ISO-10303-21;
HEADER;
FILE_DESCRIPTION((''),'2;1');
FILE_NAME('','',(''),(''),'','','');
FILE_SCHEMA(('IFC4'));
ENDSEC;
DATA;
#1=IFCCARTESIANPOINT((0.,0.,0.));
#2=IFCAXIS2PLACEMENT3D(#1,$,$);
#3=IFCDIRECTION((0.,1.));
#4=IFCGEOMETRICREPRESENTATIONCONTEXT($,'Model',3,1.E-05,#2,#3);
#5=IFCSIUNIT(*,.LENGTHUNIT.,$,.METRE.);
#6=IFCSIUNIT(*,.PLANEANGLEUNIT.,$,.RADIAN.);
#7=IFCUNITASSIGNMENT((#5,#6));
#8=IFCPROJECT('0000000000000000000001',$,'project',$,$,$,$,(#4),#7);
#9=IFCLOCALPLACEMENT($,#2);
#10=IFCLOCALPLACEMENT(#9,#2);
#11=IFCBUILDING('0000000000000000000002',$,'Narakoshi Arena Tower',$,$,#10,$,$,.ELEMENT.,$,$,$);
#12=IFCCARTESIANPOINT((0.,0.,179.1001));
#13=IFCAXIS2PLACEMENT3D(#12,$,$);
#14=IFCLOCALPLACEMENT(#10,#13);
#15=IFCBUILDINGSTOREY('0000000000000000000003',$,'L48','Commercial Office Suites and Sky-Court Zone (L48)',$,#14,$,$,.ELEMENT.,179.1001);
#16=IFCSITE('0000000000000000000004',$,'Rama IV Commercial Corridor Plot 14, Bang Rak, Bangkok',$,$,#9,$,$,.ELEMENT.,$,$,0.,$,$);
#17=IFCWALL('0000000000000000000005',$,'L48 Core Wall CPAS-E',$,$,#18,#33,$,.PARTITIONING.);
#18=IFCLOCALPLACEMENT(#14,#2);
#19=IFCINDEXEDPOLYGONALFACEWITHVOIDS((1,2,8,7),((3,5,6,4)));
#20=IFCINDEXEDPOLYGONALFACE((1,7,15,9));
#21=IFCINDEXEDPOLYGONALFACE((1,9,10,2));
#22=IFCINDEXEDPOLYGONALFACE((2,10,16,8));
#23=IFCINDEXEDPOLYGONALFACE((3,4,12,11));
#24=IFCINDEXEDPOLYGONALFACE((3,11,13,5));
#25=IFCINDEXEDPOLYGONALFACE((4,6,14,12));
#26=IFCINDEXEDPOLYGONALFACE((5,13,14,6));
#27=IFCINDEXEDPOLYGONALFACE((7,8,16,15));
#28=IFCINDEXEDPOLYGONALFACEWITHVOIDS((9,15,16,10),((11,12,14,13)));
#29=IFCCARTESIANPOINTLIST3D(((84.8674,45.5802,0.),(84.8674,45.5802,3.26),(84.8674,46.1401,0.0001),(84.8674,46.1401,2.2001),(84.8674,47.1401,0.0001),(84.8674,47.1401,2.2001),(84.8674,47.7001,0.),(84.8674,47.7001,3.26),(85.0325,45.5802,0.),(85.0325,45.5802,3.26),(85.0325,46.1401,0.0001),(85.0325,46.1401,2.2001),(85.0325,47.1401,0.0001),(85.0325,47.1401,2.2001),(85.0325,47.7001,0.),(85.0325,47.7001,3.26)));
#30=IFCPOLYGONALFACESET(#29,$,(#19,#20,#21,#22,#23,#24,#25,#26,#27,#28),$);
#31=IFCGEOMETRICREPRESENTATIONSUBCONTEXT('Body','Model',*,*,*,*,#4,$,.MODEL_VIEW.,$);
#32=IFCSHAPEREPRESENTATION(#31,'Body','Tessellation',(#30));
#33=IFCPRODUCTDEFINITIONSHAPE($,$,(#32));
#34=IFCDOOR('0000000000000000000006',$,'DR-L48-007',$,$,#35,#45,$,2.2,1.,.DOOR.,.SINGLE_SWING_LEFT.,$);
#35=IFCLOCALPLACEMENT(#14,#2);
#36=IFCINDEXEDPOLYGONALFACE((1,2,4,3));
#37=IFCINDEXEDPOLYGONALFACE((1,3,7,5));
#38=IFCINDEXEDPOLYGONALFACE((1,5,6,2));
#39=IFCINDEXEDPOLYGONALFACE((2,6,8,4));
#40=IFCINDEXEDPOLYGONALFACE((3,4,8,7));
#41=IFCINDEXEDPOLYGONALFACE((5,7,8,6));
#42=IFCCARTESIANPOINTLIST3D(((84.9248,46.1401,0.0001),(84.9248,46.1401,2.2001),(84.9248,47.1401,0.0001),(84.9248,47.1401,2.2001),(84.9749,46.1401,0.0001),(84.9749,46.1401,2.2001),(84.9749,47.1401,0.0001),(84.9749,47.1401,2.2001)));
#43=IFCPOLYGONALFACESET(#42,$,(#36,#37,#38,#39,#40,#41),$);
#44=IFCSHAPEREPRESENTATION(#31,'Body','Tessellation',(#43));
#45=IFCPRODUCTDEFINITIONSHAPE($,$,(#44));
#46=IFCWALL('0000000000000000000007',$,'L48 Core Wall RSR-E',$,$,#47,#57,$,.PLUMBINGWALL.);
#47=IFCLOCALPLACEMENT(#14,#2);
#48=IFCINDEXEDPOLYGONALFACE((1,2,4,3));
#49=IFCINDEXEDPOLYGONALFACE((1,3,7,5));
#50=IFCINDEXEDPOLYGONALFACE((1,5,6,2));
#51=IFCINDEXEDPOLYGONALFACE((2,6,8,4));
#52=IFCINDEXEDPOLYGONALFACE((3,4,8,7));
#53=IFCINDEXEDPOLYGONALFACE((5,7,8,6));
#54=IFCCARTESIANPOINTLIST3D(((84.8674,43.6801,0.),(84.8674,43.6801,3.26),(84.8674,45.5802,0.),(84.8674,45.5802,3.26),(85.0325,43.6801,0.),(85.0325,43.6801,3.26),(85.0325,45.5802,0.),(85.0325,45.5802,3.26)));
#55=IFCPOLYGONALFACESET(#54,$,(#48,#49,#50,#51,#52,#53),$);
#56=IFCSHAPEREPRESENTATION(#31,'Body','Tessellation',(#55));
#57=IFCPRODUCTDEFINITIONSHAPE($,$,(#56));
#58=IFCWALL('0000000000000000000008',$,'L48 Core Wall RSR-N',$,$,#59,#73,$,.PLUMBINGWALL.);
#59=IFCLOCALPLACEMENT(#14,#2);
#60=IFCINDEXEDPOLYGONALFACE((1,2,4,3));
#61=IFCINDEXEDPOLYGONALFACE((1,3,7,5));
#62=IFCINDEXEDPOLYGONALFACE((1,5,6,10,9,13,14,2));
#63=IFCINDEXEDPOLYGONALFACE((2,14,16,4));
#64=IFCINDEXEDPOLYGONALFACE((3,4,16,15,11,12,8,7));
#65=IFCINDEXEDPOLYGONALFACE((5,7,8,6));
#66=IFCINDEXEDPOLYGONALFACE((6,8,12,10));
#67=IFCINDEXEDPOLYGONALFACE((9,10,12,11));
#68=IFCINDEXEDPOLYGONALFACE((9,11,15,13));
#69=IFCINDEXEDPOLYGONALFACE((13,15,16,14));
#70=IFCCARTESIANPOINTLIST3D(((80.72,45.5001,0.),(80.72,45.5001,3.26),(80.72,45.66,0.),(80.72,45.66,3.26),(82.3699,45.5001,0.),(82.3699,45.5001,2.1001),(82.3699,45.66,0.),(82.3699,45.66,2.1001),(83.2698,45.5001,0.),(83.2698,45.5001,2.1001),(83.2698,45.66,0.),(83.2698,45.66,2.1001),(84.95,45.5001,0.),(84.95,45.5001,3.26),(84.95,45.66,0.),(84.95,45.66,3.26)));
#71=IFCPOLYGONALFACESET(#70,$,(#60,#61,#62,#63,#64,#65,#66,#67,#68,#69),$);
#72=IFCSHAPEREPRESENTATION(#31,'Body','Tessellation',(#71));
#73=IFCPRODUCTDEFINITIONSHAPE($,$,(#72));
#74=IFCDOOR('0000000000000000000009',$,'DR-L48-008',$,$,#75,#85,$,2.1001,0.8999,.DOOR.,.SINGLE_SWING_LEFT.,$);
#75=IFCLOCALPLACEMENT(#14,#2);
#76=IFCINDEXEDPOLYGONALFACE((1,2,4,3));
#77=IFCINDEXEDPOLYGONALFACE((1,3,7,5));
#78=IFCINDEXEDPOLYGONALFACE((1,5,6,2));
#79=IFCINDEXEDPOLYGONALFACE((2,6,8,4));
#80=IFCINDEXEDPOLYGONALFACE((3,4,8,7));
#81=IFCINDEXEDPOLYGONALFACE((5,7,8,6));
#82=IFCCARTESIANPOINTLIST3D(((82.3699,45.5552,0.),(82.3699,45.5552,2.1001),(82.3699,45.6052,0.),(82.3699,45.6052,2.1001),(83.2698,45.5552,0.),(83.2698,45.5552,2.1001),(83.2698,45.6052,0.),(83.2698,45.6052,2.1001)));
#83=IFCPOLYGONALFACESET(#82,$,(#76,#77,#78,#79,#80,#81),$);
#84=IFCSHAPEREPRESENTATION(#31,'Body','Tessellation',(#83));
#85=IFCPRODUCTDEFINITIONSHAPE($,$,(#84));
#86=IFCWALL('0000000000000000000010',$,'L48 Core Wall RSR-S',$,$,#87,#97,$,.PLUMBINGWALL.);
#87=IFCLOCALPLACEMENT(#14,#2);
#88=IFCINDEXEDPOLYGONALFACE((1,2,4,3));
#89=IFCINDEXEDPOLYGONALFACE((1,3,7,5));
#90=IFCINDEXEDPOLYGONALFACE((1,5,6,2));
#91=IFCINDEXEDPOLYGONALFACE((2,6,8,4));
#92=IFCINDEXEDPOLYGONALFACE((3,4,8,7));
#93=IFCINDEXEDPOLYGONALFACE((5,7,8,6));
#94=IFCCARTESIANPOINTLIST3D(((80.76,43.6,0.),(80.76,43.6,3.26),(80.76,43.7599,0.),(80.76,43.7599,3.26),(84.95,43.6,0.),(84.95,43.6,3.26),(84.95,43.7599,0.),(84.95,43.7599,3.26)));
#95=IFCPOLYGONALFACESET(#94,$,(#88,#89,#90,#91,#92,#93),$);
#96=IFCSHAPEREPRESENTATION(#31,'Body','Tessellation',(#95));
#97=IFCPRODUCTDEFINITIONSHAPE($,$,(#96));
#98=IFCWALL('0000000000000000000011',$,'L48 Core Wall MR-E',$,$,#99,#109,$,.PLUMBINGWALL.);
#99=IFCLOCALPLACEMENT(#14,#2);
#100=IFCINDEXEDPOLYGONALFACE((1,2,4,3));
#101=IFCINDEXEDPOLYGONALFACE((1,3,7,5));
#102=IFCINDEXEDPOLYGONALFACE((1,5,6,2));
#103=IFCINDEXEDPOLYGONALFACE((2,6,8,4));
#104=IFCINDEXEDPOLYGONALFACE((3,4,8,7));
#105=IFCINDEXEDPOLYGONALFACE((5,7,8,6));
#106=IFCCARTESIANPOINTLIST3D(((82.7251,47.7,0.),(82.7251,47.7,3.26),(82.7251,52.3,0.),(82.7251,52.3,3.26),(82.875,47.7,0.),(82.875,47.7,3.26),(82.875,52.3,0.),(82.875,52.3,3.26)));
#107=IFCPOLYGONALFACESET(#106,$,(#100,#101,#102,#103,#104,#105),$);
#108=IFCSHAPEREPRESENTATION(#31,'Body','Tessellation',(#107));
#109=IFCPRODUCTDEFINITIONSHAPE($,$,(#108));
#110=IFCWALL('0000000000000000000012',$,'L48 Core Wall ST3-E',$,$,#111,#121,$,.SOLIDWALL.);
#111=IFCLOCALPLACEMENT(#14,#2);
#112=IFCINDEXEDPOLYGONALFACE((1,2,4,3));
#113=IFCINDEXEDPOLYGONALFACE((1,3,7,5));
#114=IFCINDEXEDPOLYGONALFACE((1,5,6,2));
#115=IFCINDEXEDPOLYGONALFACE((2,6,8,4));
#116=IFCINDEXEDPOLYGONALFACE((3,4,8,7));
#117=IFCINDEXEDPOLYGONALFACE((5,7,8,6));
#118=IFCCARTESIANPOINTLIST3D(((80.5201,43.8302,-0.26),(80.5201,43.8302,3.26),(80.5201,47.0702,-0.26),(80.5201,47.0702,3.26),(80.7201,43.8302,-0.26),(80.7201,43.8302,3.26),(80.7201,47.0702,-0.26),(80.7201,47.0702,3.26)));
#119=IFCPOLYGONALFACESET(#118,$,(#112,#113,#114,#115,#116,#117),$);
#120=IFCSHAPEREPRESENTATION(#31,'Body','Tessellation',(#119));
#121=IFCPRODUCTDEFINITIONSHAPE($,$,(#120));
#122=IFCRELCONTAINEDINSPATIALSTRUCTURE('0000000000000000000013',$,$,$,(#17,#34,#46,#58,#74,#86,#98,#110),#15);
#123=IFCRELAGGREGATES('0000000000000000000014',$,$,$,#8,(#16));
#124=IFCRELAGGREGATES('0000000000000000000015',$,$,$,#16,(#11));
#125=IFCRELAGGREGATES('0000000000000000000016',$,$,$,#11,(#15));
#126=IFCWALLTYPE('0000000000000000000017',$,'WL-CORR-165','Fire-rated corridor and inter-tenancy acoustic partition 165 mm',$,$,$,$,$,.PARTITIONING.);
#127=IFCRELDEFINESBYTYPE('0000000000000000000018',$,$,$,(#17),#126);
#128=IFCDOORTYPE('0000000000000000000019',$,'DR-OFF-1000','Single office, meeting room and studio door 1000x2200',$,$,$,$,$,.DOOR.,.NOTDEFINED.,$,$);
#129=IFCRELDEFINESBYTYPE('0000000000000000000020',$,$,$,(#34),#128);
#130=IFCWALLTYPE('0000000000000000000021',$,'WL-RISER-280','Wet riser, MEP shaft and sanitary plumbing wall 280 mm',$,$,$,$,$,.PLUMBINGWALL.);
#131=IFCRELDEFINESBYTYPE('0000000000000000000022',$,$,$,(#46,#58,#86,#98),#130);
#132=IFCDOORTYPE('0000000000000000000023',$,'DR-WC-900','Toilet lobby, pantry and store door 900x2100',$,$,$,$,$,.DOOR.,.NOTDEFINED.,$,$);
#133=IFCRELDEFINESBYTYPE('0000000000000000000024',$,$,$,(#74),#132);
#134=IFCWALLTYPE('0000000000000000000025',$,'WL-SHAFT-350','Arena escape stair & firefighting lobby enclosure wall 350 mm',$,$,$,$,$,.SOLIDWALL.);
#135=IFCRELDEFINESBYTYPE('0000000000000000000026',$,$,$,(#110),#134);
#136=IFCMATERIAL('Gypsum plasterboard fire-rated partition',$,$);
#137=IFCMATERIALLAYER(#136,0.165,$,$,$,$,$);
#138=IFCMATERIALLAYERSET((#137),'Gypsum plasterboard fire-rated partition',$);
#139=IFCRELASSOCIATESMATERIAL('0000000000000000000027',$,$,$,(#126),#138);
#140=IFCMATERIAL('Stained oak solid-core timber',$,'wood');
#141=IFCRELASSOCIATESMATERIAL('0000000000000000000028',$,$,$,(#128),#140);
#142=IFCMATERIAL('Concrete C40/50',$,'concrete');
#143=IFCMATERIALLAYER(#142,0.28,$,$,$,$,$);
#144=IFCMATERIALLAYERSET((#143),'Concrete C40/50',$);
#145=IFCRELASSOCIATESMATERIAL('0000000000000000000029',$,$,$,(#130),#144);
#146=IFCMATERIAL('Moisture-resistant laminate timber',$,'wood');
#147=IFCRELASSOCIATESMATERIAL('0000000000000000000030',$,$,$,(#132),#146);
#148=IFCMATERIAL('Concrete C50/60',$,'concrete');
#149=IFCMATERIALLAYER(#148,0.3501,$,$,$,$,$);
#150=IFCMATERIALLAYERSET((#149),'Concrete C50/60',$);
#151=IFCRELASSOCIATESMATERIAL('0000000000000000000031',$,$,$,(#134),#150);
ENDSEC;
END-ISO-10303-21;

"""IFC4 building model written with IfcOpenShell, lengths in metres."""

from ifc_helpers import new_model, si_unit, direction, frame, frame_2d, origin, place, context, subcontext, project, spatial, rectangle, extrude, material, layer, layer_set, type_object, element, fill, save


model = new_model("IFC4")

# Units and contexts
model_context = context("Model", 3, precision=1e-05, world=origin(), true_north=direction((0.0, 1.0)))
body_context = subcontext(model_context, "Body", "Model", "MODEL_VIEW")
ifc_project = project(units=[si_unit("LENGTHUNIT", "METRE"), si_unit("PLANEANGLEUNIT", "RADIAN")], contexts=[model_context])

# Site, building, storey
site_placement = place(None, origin())
site = spatial("IfcSite", under=ifc_project, at=site_placement, Name="Rama IV Commercial Corridor Plot 14, Bang Rak, Bangkok", CompositionType="ELEMENT", RefElevation=0.0)
building_placement = place(site_placement, origin())
building = spatial("IfcBuilding", under=site, at=building_placement, Name="Narakoshi Arena Tower", CompositionType="ELEMENT")
storey_placement = place(building_placement, frame((0.0, 0.0, 179.1001)))
storey = spatial("IfcBuildingStorey", under=building, at=storey_placement, Name="L48", Description="Commercial Office Suites and Sky-Court Zone (L48)", CompositionType="ELEMENT", Elevation=179.1001)

# Shared definitions
ifc_material_1 = material(Name="Concrete C50/60", Category="concrete")

# Wall, opening, door
ifc_material_2 = material(Name="Gypsum plasterboard fire-rated partition")
ifc_layer_1 = layer(ifc_material_2, 0.165)
ifc_layer_set_1 = layer_set([ifc_layer_1], Name="Gypsum plasterboard fire-rated partition")
wall_type_1 = type_object("IfcWallType", Name="WL-CORR-165", Description="Fire-rated corridor and inter-tenancy acoustic partition 165 mm", PredefinedType="PARTITIONING", material=ifc_layer_set_1)
wall_1_placement = place(storey_placement, frame((84.95, 45.5801, 0.0), z_axis=(0.0, 0.0, 1.0), x_axis=(0.0, 1.0, 0.0)))
wall_1 = element("IfcWall", 1, at=wall_1_placement, inside=storey, type_object=wall_type_1, Name="L48 Core Wall CPAS-E", PredefinedType="PARTITIONING", context=body_context, shape_type="SweptSolid", body=[
    extrude(rectangle(XDim=2.1199, YDim=0.165, at=frame_2d((1.0601, 0.0))), origin(), (0.0, 0.0, 1.0), 3.26),
])
opening_1_placement = place(wall_1_placement, frame((0.5601, 0.0, 0.0)))
opening_1 = element("IfcOpeningElement", 2, at=opening_1_placement, cuts=wall_1, PredefinedType="OPENING", context=body_context, shape_type="SweptSolid", body=[
    extrude(rectangle(XDim=1.0, YDim=2.2, at=frame_2d((0.5, 1.1001))), frame((0.0, 0.0925, 0.0), z_axis=(0.0, -1.0, 0.0), x_axis=(1.0, 0.0, 0.0)), (0.0, 0.0, 1.0), 0.1851),
])
ifc_material_3 = material(Name="Stained oak solid-core timber", Category="wood")
door_type_1 = type_object("IfcDoorType", Name="DR-OFF-1000", Description="Single office, meeting room and studio door 1000x2200", OperationType="NOTDEFINED", PredefinedType="DOOR", material=ifc_material_3)
door_1_placement = place(opening_1_placement, frame((1.0, 0.0, 0.0), z_axis=(0.0, 0.0, 1.0), x_axis=(-1.0, 0.0, 0.0)))
door_1 = element("IfcDoor", 3, at=door_1_placement, inside=storey, type_object=door_type_1, Name="DR-L48-007", OperationType="SINGLE_SWING_LEFT", OverallHeight=2.2, OverallWidth=1.0, PredefinedType="DOOR", context=body_context, shape_type="SweptSolid", body=[
    extrude(rectangle(XDim=1.0, YDim=2.2, at=frame_2d((0.5, 1.1001))), frame((0.0, 0.0249, 0.0), z_axis=(0.0, -1.0, 0.0), x_axis=(1.0, 0.0, 0.0)), (0.0, 0.0, 1.0), 0.05),
])
fill(opening_1, door_1)

# Wall
ifc_material_4 = material(Name="Concrete C40/50", Category="concrete")
ifc_layer_2 = layer(ifc_material_4, 0.28)
ifc_layer_set_2 = layer_set([ifc_layer_2], Name="Concrete C40/50")
wall_type_2 = type_object("IfcWallType", Name="WL-RISER-280", Description="Wet riser, MEP shaft and sanitary plumbing wall 280 mm", PredefinedType="PLUMBINGWALL", material=ifc_layer_set_2)
wall_2_placement = place(storey_placement, frame((84.95, 43.6799, 0.0), z_axis=(0.0, 0.0, 1.0), x_axis=(0.0, 1.0, 0.0)))
element("IfcWall", 4, at=wall_2_placement, inside=storey, type_object=wall_type_2, Name="L48 Core Wall RSR-E", PredefinedType="PLUMBINGWALL", context=body_context, shape_type="SweptSolid", body=[
    extrude(rectangle(XDim=1.9001, YDim=0.165, at=frame_2d((0.9502, 0.0))), origin(), (0.0, 0.0, 1.0), 3.26),
])

# Wall, opening, door
wall_3_placement = place(storey_placement, frame((80.72, 45.5801, 0.0), z_axis=(0.0, 0.0, 1.0), x_axis=(1.0, 0.0, 0.0)))
wall_3 = element("IfcWall", 5, at=wall_3_placement, inside=storey, type_object=wall_type_2, Name="L48 Core Wall RSR-N", PredefinedType="PLUMBINGWALL", context=body_context, shape_type="SweptSolid", body=[
    extrude(rectangle(XDim=4.23, YDim=0.1599, at=frame_2d((2.115, 0.0))), origin(), (0.0, 0.0, 1.0), 3.26),
])
opening_2_placement = place(wall_3_placement, frame((1.6499, 0.0, 0.0)))
opening_2 = element("IfcOpeningElement", 6, at=opening_2_placement, cuts=wall_3, PredefinedType="OPENING", context=body_context, shape_type="SweptSolid", body=[
    extrude(rectangle(XDim=0.8999, YDim=2.1001, at=frame_2d((0.45, 1.05))), frame((0.0, 0.0898, 0.0), z_axis=(0.0, -1.0, 0.0), x_axis=(1.0, 0.0, 0.0)), (0.0, 0.0, 1.0), 0.1799),
])
ifc_material_5 = material(Name="Moisture-resistant laminate timber", Category="wood")
door_type_2 = type_object("IfcDoorType", Name="DR-WC-900", Description="Toilet lobby, pantry and store door 900x2100", OperationType="NOTDEFINED", PredefinedType="DOOR", material=ifc_material_5)
door_2_placement = place(opening_2_placement, frame((0.8999, 0.0, 0.0), z_axis=(0.0, 0.0, 1.0), x_axis=(-1.0, 0.0, 0.0)))
door_2 = element("IfcDoor", 7, at=door_2_placement, inside=storey, type_object=door_type_2, Name="DR-L48-008", OperationType="SINGLE_SWING_LEFT", OverallHeight=2.1001, OverallWidth=0.8999, PredefinedType="DOOR", context=body_context, shape_type="SweptSolid", body=[
    extrude(rectangle(XDim=0.8999, YDim=2.1001, at=frame_2d((0.45, 1.05))), frame((0.0, 0.0249, 0.0), z_axis=(0.0, -1.0, 0.0), x_axis=(1.0, 0.0, 0.0)), (0.0, 0.0, 1.0), 0.05),
])
fill(opening_2, door_2)

# Walls
wall_4_placement = place(storey_placement, frame((80.76, 43.6799, 0.0), z_axis=(0.0, 0.0, 1.0), x_axis=(1.0, 0.0, 0.0)))
element("IfcWall", 8, at=wall_4_placement, inside=storey, type_object=wall_type_2, Name="L48 Core Wall RSR-S", PredefinedType="PLUMBINGWALL", context=body_context, shape_type="SweptSolid", body=[
    extrude(rectangle(XDim=4.1899, YDim=0.1599, at=frame_2d((2.095, 0.0))), origin(), (0.0, 0.0, 1.0), 3.26),
])
wall_5_placement = place(storey_placement, frame((82.8, 47.7, 0.0), z_axis=(0.0, 0.0, 1.0), x_axis=(0.0, 1.0, 0.0)))
element("IfcWall", 9, at=wall_5_placement, inside=storey, type_object=wall_type_2, Name="L48 Core Wall MR-E", PredefinedType="PLUMBINGWALL", context=body_context, shape_type="SweptSolid", body=[
    extrude(rectangle(XDim=4.6001, YDim=0.1499, at=frame_2d((2.3, 0.0))), origin(), (0.0, 0.0, 1.0), 3.26),
])
ifc_layer_3 = layer(ifc_material_1, 0.3501)
ifc_layer_set_3 = layer_set([ifc_layer_3], Name="Concrete C50/60")
wall_type_3 = type_object("IfcWallType", Name="WL-SHAFT-350", Description="Arena escape stair & firefighting lobby enclosure wall 350 mm", PredefinedType="SOLIDWALL", material=ifc_layer_set_3)
wall_6_placement = place(storey_placement, frame((80.6201, 43.8301, -0.26), z_axis=(0.0, 0.0, 1.0), x_axis=(0.0, 1.0, 0.0)))
element("IfcWall", 10, at=wall_6_placement, inside=storey, type_object=wall_type_3, Name="L48 Core Wall ST3-E", PredefinedType="SOLIDWALL", context=body_context, shape_type="SweptSolid", body=[
    extrude(rectangle(XDim=3.24, YDim=0.2, at=frame_2d((1.6201, 0.0))), origin(), (0.0, 0.0, 1.0), 3.52),
])

save(model, "model.ifc")
